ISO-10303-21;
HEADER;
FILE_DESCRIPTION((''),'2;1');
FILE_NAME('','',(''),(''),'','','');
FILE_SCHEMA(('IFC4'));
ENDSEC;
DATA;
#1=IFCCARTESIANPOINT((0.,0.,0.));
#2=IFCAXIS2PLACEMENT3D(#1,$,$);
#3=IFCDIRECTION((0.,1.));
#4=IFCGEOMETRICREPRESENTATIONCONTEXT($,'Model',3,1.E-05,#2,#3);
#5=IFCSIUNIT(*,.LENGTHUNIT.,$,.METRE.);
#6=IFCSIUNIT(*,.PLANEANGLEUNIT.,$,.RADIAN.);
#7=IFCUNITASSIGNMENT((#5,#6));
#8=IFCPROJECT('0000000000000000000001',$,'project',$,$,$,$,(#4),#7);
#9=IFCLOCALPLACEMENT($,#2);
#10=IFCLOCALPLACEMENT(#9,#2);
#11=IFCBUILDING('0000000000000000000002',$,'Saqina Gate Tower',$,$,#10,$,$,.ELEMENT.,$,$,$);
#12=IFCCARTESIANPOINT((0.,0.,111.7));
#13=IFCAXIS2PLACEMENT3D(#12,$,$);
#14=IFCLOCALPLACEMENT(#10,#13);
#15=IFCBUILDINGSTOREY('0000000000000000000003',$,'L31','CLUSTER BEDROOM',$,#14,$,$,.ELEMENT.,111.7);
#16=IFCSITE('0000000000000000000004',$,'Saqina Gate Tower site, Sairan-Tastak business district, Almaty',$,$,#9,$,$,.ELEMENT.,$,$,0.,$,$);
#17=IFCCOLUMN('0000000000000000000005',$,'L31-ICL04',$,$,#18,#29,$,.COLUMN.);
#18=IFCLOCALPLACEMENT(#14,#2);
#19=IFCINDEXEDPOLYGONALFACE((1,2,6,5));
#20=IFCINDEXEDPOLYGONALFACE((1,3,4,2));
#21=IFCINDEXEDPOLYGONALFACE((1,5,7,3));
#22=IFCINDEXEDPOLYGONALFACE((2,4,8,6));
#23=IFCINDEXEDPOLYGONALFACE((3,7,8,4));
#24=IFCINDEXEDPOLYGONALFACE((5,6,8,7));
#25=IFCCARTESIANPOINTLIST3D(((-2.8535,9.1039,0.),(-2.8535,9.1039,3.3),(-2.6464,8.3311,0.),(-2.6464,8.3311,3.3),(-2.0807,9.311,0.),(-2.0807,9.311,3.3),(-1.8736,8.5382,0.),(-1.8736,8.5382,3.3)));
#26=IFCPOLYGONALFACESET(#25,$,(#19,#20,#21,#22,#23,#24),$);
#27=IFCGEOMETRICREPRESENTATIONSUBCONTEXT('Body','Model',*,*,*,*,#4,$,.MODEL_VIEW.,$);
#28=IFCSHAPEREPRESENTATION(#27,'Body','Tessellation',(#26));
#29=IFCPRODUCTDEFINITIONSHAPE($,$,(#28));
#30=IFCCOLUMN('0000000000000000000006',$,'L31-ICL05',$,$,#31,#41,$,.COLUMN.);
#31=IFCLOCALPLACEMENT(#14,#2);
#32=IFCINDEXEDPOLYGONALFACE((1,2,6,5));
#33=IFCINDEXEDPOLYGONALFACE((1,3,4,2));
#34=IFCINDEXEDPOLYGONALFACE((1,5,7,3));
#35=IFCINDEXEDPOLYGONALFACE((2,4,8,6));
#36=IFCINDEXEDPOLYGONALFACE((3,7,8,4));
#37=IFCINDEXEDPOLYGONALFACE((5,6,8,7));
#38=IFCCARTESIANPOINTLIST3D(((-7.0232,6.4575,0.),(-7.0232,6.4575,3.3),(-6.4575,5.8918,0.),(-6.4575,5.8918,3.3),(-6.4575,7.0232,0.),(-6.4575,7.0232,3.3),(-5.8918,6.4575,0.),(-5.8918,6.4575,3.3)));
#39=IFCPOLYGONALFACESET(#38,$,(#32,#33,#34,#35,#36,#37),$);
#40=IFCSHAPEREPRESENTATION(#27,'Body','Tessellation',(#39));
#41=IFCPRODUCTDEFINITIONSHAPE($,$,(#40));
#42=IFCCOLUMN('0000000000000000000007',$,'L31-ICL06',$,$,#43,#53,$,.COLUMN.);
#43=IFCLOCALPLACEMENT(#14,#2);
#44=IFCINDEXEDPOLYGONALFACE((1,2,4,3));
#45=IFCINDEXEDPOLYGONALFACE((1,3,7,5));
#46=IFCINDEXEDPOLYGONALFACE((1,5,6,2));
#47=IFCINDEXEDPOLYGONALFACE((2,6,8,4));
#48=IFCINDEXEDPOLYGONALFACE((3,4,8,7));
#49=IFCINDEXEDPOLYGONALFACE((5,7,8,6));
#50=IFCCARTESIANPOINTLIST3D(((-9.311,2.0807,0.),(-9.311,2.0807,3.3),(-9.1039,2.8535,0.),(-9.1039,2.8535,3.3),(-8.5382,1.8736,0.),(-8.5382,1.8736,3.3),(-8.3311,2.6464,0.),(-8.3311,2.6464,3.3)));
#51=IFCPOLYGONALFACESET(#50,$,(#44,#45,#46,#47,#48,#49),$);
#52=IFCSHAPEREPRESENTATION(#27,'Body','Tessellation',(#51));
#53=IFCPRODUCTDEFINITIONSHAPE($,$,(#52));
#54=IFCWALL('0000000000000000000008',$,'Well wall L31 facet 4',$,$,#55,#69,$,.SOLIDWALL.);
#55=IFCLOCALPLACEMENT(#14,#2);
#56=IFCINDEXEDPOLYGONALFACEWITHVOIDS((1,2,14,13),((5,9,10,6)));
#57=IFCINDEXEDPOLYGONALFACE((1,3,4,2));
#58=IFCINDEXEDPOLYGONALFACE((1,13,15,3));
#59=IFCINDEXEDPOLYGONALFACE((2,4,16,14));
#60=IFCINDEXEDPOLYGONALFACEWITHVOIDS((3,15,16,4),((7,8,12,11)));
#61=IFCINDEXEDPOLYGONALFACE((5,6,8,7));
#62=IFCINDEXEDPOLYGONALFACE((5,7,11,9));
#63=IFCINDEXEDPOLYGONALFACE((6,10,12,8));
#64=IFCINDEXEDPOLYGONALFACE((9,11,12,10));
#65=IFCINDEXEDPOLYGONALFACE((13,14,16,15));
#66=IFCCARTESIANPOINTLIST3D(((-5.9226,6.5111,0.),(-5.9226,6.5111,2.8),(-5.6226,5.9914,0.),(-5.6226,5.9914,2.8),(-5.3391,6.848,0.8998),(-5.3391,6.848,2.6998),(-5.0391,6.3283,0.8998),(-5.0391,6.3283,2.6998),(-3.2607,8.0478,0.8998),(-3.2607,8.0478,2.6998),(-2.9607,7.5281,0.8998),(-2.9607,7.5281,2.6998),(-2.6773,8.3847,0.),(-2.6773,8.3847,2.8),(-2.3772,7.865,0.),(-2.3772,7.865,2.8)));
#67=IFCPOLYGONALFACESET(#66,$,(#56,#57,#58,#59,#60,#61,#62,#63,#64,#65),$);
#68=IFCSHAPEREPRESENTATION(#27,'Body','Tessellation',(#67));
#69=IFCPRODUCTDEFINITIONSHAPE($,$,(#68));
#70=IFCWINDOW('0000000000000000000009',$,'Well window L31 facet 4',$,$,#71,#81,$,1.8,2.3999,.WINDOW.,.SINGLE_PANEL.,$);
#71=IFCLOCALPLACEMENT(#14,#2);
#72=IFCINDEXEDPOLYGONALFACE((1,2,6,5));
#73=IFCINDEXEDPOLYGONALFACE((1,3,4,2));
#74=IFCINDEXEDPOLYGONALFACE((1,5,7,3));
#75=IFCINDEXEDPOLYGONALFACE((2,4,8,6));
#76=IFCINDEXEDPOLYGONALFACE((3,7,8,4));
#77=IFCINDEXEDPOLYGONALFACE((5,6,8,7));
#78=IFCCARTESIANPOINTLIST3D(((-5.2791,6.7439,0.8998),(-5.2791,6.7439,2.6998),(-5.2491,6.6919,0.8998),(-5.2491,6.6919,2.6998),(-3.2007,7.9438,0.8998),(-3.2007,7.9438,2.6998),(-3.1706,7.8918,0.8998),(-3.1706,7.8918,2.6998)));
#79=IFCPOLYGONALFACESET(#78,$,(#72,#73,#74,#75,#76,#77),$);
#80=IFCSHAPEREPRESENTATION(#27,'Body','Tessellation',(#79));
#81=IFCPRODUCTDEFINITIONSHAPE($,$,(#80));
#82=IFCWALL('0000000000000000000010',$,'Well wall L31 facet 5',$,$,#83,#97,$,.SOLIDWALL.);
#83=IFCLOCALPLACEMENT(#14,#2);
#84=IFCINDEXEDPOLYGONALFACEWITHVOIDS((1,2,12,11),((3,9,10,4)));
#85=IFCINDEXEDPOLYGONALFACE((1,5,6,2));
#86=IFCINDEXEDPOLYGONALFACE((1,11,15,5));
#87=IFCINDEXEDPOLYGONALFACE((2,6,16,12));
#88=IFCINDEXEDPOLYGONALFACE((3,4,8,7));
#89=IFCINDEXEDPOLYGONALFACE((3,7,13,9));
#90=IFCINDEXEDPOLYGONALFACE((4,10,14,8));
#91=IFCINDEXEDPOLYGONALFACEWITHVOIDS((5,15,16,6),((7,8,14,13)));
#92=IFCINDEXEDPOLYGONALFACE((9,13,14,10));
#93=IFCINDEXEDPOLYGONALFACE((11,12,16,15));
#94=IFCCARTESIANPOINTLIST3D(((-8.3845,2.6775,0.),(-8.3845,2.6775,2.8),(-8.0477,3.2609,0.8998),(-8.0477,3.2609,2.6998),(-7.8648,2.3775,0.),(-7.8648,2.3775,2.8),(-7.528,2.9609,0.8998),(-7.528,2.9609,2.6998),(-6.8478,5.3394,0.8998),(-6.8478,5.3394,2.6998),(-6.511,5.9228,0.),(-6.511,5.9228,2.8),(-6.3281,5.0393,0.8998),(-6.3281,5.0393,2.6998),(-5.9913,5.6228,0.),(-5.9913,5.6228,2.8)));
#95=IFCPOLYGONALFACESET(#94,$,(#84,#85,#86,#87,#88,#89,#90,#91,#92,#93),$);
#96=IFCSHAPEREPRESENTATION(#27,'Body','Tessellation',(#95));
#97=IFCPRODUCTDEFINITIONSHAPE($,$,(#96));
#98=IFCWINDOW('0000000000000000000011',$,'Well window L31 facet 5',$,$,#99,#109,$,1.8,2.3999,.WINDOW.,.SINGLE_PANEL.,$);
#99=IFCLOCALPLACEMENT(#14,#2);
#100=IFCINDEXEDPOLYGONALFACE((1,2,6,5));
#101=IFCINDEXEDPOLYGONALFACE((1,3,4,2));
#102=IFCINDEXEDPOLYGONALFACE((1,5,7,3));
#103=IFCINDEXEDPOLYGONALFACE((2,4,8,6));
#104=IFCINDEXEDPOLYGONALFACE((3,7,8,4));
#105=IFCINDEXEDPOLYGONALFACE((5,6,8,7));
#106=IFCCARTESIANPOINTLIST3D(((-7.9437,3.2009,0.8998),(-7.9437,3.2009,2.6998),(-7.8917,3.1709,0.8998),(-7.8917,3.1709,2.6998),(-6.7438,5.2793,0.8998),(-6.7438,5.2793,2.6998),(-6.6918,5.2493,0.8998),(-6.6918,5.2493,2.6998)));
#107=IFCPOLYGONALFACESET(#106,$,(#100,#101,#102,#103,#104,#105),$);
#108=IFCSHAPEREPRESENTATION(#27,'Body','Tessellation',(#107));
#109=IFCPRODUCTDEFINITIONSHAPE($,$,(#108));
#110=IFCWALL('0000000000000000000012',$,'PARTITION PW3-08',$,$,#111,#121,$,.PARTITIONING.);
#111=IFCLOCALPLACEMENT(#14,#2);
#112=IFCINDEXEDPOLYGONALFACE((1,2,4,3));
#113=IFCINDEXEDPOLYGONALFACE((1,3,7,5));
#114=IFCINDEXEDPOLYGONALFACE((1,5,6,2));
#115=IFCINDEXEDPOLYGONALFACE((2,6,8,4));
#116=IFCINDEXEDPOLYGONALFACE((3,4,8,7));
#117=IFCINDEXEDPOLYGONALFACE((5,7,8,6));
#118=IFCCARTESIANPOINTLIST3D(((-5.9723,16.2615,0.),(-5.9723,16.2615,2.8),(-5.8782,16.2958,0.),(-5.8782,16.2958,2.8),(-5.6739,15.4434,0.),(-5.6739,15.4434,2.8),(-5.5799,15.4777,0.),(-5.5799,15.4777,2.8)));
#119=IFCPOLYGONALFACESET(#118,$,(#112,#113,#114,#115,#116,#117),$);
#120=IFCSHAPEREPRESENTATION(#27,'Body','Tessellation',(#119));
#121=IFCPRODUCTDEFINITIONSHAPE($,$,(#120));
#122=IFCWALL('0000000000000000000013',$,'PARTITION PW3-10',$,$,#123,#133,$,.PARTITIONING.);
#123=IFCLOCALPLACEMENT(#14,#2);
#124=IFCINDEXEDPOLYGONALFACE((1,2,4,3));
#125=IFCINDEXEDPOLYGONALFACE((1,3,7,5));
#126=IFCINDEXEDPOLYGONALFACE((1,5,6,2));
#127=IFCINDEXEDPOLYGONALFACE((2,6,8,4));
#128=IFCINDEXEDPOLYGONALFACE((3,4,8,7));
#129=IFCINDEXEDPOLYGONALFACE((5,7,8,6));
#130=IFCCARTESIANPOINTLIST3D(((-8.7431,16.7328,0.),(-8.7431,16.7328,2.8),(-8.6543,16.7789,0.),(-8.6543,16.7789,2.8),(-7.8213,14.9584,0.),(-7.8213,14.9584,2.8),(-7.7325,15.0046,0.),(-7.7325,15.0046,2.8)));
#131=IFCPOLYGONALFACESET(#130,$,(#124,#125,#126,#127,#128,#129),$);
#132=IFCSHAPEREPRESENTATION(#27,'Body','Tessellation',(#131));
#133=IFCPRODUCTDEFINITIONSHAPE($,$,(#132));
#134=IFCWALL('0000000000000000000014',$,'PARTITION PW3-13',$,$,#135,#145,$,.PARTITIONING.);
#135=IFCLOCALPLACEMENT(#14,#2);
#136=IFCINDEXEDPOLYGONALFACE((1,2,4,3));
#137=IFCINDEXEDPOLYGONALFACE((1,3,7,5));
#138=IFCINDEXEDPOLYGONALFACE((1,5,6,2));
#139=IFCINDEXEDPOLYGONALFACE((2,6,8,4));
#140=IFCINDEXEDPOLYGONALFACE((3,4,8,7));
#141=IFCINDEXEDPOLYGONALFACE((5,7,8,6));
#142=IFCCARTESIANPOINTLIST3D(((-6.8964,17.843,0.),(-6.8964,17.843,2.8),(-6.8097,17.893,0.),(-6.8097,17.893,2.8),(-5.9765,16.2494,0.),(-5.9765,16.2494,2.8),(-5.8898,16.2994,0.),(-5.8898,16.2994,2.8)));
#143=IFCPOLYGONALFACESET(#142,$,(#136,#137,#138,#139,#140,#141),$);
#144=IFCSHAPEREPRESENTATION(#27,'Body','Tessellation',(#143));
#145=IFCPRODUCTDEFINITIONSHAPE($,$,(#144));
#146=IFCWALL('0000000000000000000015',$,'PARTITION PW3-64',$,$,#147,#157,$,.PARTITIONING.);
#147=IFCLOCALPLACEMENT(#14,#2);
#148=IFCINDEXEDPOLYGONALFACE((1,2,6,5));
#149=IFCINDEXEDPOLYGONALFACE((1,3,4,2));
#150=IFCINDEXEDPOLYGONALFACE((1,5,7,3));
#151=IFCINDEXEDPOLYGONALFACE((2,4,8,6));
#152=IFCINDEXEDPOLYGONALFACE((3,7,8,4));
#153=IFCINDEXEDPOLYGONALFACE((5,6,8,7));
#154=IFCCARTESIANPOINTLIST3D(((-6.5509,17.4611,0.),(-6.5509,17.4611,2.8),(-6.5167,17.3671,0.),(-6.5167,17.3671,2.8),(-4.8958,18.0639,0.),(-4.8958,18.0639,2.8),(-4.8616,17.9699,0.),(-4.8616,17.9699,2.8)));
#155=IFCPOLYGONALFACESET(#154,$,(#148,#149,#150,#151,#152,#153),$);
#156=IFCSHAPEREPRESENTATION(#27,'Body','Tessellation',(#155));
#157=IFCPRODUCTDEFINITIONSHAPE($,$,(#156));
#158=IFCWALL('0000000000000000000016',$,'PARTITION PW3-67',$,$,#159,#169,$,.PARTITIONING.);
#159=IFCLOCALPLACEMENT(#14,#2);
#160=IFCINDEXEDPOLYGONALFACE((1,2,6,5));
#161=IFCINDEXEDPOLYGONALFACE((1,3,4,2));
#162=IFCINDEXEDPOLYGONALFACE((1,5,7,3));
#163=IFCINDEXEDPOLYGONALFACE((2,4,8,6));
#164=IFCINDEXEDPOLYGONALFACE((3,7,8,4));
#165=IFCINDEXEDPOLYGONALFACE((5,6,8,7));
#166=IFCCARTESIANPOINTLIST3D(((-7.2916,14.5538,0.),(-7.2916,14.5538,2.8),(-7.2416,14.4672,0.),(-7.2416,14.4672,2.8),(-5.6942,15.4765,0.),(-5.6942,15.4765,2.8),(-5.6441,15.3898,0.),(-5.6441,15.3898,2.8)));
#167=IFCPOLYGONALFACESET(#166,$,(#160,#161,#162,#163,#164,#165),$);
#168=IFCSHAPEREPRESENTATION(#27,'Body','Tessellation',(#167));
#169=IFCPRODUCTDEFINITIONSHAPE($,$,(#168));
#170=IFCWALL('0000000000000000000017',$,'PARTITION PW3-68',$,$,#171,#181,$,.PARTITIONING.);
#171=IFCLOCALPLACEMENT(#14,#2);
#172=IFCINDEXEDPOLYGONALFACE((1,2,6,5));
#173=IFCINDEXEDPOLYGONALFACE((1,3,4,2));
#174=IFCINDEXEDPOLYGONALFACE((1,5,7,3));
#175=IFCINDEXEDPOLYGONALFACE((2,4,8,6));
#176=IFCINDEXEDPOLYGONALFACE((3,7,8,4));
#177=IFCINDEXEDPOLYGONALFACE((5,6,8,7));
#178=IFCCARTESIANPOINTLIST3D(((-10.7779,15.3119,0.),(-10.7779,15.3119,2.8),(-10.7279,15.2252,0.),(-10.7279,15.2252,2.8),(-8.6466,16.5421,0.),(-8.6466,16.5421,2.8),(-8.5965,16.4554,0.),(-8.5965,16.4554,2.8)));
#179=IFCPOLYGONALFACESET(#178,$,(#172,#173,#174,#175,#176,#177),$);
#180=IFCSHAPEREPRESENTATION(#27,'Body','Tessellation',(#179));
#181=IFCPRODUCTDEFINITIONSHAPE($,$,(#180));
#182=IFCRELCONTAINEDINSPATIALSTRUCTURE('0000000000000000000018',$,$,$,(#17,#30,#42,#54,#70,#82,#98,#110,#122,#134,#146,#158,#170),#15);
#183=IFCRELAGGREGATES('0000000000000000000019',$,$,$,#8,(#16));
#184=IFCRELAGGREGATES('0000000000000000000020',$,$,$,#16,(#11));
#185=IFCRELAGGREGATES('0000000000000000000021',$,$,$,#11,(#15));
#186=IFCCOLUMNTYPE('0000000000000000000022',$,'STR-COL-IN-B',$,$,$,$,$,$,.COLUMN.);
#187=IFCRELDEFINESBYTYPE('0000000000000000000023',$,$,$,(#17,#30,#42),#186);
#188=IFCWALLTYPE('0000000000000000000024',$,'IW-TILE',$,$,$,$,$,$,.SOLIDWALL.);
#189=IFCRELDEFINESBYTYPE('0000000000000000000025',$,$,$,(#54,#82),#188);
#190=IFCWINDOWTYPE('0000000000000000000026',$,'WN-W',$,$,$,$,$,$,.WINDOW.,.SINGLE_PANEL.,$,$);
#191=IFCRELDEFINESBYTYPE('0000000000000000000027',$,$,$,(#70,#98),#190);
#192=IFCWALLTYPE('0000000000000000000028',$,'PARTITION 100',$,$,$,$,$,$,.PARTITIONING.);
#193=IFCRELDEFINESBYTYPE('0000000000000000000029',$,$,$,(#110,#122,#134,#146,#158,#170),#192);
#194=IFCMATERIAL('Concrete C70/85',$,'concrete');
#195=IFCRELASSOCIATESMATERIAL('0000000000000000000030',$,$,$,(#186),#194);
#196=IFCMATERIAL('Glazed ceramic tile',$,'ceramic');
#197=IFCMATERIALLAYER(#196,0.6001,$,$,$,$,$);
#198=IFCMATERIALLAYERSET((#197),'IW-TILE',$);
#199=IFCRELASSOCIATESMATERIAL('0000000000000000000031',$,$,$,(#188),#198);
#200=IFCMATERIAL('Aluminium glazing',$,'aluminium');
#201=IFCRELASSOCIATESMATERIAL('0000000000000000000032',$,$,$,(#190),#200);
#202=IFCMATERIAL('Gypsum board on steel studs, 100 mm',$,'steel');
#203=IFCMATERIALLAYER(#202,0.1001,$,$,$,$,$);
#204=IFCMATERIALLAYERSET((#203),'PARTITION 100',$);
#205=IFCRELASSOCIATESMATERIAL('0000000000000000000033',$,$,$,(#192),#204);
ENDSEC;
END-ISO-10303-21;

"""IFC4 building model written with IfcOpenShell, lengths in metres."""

from ifc_helpers import new_model, si_unit, direction, frame, frame_2d, origin, origin_2d, place, context, subcontext, project, spatial, rectangle, extrude, material, layer, layer_set, material_profile, profile_set, type_object, element, fill, save


model = new_model("IFC4")

# Units and contexts
model_context = context("Model", 3, precision=1e-05, world=origin(), true_north=direction((0.0, 1.0)))
body_context = subcontext(model_context, "Body", "Model", "MODEL_VIEW")
ifc_project = project(units=[si_unit("LENGTHUNIT", "METRE"), si_unit("PLANEANGLEUNIT", "RADIAN")], contexts=[model_context])

# Site, building, storey
site_placement = place(None, origin())
site = spatial("IfcSite", under=ifc_project, at=site_placement, Name="Saqina Gate Tower site, Sairan-Tastak business district, Almaty", CompositionType="ELEMENT", RefElevation=0.0)
building_placement = place(site_placement, origin())
building = spatial("IfcBuilding", under=site, at=building_placement, Name="Saqina Gate Tower", CompositionType="ELEMENT")
storey_placement = place(building_placement, frame((0.0, 0.0, 111.7)))
storey = spatial("IfcBuildingStorey", under=building, at=storey_placement, Name="L31", Description="CLUSTER BEDROOM", CompositionType="ELEMENT", Elevation=111.7)

# Columns
ifc_material_1 = material(Name="Concrete C70/85", Category="concrete")
ifc_material_profile = material_profile(ifc_material_1, rectangle(XDim=0.8, YDim=0.8, at=origin_2d()), Name="RC 800x800")
ifc_profile_set = profile_set([ifc_material_profile], Name="Concrete C70/85")
column_type = type_object("IfcColumnType", Name="STR-COL-IN-B", PredefinedType="COLUMN", material=ifc_profile_set)
for number, where, z_axis, x_axis, name in (
    (1, (-2.3635, 8.821, 0.0), (0.0, 0.0, 1.0), (-0.258819, 0.965926, 0.0), "L31-ICL04"),
    (2, (-6.4575, 6.4575, 0.0), (0.0, 0.0, 1.0), (-0.707107, 0.707107, 0.0), "L31-ICL05"),
    (3, (-8.821, 2.3635, 0.0), (0.0, 0.0, 1.0), (-0.965926, 0.258819, 0.0), "L31-ICL06"),
):
    element("IfcColumn", number, at=place(storey_placement, frame(where, z_axis=z_axis, x_axis=x_axis)), inside=storey, type_object=column_type, Name=name, PredefinedType="COLUMN", context=body_context, shape_type="SweptSolid", body=[
        extrude(rectangle(XDim=0.8, YDim=0.8, at=origin_2d()), origin(), (0.0, 0.0, 1.0), 3.3),
    ])

# Walls, openings, windows
ifc_material_2 = material(Name="Glazed ceramic tile", Category="ceramic")
ifc_layer_1 = layer(ifc_material_2, 0.6001)
ifc_layer_set_1 = layer_set([ifc_layer_1], Name="IW-TILE")
wall_type_1 = type_object("IfcWallType", Name="IW-TILE", PredefinedType="SOLIDWALL", material=ifc_layer_set_1)
wall_1_placement = place(storey_placement, frame((-2.5273, 8.1248, 0.0), z_axis=(0.0, 0.0, 1.0), x_axis=(-0.866046, -0.499965, 0.0)))
wall_1 = element("IfcWall", 4, at=wall_1_placement, inside=storey, type_object=wall_type_1, Name="Well wall L31 facet 4", PredefinedType="SOLIDWALL", context=body_context, shape_type="SweptSolid", body=[
    extrude(rectangle(XDim=3.7473, YDim=0.6001, at=frame_2d((1.8735, 0.0))), origin(), (0.0, 0.0, 1.0), 2.8),
])
opening_1_placement = place(wall_1_placement, frame((0.6736, 0.0, 0.8999)))
opening_1 = element("IfcOpeningElement", 5, at=opening_1_placement, cuts=wall_1, PredefinedType="OPENING", context=body_context, shape_type="SweptSolid", body=[
    extrude(rectangle(XDim=2.3999, YDim=1.8, at=frame_2d((1.2, 0.8999))), frame((0.0, 0.312, 0.0), z_axis=(0.0, -1.0, 0.0), x_axis=(1.0, 0.0, 0.0)), (0.0, 0.0, 1.0), 0.624),
])
ifc_material_3 = material(Name="Aluminium glazing", Category="aluminium")
window_type = type_object("IfcWindowType", Name="WN-W", PartitioningType="SINGLE_PANEL", PredefinedType="WINDOW", material=ifc_material_3)
window_1_placement = place(opening_1_placement, origin())
window_1 = element("IfcWindow", 6, at=window_1_placement, inside=storey, type_object=window_type, Name="Well window L31 facet 4", OverallHeight=1.8, OverallWidth=2.3999, PartitioningType="SINGLE_PANEL", PredefinedType="WINDOW", context=body_context, shape_type="SweptSolid", body=[
    extrude(rectangle(XDim=2.3999, YDim=1.8, at=frame_2d((1.2, 0.8999))), frame((0.0, -0.1199, 0.0), z_axis=(0.0, -1.0, 0.0), x_axis=(1.0, 0.0, 0.0)), (0.0, 0.0, 1.0), 0.0601),
])
fill(opening_1, window_1)
wall_2_placement = place(storey_placement, frame((-6.2512, 5.7727, 0.0), z_axis=(0.0, 0.0, 1.0), x_axis=(-0.499965, -0.866046, 0.0)))
wall_2 = element("IfcWall", 7, at=wall_2_placement, inside=storey, type_object=wall_type_1, Name="Well wall L31 facet 5", PredefinedType="SOLIDWALL", context=body_context, shape_type="SweptSolid", body=[
    extrude(rectangle(XDim=3.7473, YDim=0.6001, at=frame_2d((1.8735, 0.0))), origin(), (0.0, 0.0, 1.0), 2.8),
])
opening_2_placement = place(wall_2_placement, frame((0.6736, 0.0, 0.8999)))
opening_2 = element("IfcOpeningElement", 8, at=opening_2_placement, cuts=wall_2, PredefinedType="OPENING", context=body_context, shape_type="SweptSolid", body=[
    extrude(rectangle(XDim=2.3999, YDim=1.8, at=frame_2d((1.2, 0.8999))), frame((0.0, 0.312, 0.0), z_axis=(0.0, -1.0, 0.0), x_axis=(1.0, 0.0, 0.0)), (0.0, 0.0, 1.0), 0.624),
])
window_2_placement = place(opening_2_placement, origin())
window_2 = element("IfcWindow", 9, at=window_2_placement, inside=storey, type_object=window_type, Name="Well window L31 facet 5", OverallHeight=1.8, OverallWidth=2.3999, PartitioningType="SINGLE_PANEL", PredefinedType="WINDOW", context=body_context, shape_type="SweptSolid", body=[
    extrude(rectangle(XDim=2.3999, YDim=1.8, at=frame_2d((1.2, 0.8999))), frame((0.0, -0.1199, 0.0), z_axis=(0.0, -1.0, 0.0), x_axis=(1.0, 0.0, 0.0)), (0.0, 0.0, 1.0), 0.0601),
])
fill(opening_2, window_2)

# Walls
ifc_material_4 = material(Name="Gypsum board on steel studs, 100 mm", Category="steel")
ifc_layer_2 = layer(ifc_material_4, 0.1001)
ifc_layer_set_2 = layer_set([ifc_layer_2], Name="PARTITION 100")
wall_type_2 = type_object("IfcWallType", Name="PARTITION 100", PredefinedType="PARTITIONING", material=ifc_layer_set_2)
wall_3_placement = place(storey_placement, frame((-5.9253, 16.2788, 0.0), z_axis=(0.0, 0.0, 1.0), x_axis=(0.342598, -0.939482, 0.0)))
element("IfcWall", 10, at=wall_3_placement, inside=storey, type_object=wall_type_2, Name="PARTITION PW3-08", PredefinedType="PARTITIONING", context=body_context, shape_type="SweptSolid", body=[
    extrude(rectangle(XDim=0.8708, YDim=0.1001, at=frame_2d((0.4355, 0.0))), origin(), (0.0, 0.0, 1.0), 2.8),
])
wall_4_placement = place(storey_placement, frame((-8.6987, 16.7559, 0.0), z_axis=(0.0, 0.0, 1.0), x_axis=(0.46103, -0.887385, 0.0)))
element("IfcWall", 11, at=wall_4_placement, inside=storey, type_object=wall_type_2, Name="PARTITION PW3-10", PredefinedType="PARTITIONING", context=body_context, shape_type="SweptSolid", body=[
    extrude(rectangle(XDim=1.9995, YDim=0.1001, at=frame_2d((0.9998, 0.0))), origin(), (0.0, 0.0, 1.0), 2.8),
])
wall_5_placement = place(storey_placement, frame((-6.853, 17.8679, 0.0), z_axis=(0.0, 0.0, 1.0), x_axis=(0.499964, -0.866046, 0.0)))
element("IfcWall", 12, at=wall_5_placement, inside=storey, type_object=wall_type_2, Name="PARTITION PW3-13", PredefinedType="PARTITIONING", context=body_context, shape_type="SweptSolid", body=[
    extrude(rectangle(XDim=1.8401, YDim=0.1001, at=frame_2d((0.9199, 0.0))), origin(), (0.0, 0.0, 1.0), 2.8),
])
wall_6_placement = place(storey_placement, frame((-6.5339, 17.4141, 0.0), z_axis=(0.0, 0.0, 1.0), x_axis=(0.939619, 0.342222, 0.0)))
element("IfcWall", 13, at=wall_6_placement, inside=storey, type_object=wall_type_2, Name="PARTITION PW3-64", PredefinedType="PARTITIONING", context=body_context, shape_type="SweptSolid", body=[
    extrude(rectangle(XDim=1.7615, YDim=0.1001, at=frame_2d((0.8809, 0.0))), origin(), (0.0, 0.0, 1.0), 2.8),
])
wall_7_placement = place(storey_placement, frame((-7.2666, 14.5105, 0.0), z_axis=(0.0, 0.0, 1.0), x_axis=(0.865945, 0.500139, 0.0)))
element("IfcWall", 14, at=wall_7_placement, inside=storey, type_object=wall_type_2, Name="PARTITION PW3-67", PredefinedType="PARTITIONING", context=body_context, shape_type="SweptSolid", body=[
    extrude(rectangle(XDim=1.8447, YDim=0.1001, at=frame_2d((0.9224, 0.0))), origin(), (0.0, 0.0, 1.0), 2.8),
])
wall_8_placement = place(storey_placement, frame((-10.7529, 15.2686, 0.0), z_axis=(0.0, 0.0, 1.0), x_axis=(0.86608, 0.499906, 0.0)))
element("IfcWall", 15, at=wall_8_placement, inside=storey, type_object=wall_type_2, Name="PARTITION PW3-68", PredefinedType="PARTITIONING", context=body_context, shape_type="SweptSolid", body=[
    extrude(rectangle(XDim=2.4609, YDim=0.1001, at=frame_2d((1.2305, 0.0))), origin(), (0.0, 0.0, 1.0), 2.8),
])

save(model, "model.ifc")
